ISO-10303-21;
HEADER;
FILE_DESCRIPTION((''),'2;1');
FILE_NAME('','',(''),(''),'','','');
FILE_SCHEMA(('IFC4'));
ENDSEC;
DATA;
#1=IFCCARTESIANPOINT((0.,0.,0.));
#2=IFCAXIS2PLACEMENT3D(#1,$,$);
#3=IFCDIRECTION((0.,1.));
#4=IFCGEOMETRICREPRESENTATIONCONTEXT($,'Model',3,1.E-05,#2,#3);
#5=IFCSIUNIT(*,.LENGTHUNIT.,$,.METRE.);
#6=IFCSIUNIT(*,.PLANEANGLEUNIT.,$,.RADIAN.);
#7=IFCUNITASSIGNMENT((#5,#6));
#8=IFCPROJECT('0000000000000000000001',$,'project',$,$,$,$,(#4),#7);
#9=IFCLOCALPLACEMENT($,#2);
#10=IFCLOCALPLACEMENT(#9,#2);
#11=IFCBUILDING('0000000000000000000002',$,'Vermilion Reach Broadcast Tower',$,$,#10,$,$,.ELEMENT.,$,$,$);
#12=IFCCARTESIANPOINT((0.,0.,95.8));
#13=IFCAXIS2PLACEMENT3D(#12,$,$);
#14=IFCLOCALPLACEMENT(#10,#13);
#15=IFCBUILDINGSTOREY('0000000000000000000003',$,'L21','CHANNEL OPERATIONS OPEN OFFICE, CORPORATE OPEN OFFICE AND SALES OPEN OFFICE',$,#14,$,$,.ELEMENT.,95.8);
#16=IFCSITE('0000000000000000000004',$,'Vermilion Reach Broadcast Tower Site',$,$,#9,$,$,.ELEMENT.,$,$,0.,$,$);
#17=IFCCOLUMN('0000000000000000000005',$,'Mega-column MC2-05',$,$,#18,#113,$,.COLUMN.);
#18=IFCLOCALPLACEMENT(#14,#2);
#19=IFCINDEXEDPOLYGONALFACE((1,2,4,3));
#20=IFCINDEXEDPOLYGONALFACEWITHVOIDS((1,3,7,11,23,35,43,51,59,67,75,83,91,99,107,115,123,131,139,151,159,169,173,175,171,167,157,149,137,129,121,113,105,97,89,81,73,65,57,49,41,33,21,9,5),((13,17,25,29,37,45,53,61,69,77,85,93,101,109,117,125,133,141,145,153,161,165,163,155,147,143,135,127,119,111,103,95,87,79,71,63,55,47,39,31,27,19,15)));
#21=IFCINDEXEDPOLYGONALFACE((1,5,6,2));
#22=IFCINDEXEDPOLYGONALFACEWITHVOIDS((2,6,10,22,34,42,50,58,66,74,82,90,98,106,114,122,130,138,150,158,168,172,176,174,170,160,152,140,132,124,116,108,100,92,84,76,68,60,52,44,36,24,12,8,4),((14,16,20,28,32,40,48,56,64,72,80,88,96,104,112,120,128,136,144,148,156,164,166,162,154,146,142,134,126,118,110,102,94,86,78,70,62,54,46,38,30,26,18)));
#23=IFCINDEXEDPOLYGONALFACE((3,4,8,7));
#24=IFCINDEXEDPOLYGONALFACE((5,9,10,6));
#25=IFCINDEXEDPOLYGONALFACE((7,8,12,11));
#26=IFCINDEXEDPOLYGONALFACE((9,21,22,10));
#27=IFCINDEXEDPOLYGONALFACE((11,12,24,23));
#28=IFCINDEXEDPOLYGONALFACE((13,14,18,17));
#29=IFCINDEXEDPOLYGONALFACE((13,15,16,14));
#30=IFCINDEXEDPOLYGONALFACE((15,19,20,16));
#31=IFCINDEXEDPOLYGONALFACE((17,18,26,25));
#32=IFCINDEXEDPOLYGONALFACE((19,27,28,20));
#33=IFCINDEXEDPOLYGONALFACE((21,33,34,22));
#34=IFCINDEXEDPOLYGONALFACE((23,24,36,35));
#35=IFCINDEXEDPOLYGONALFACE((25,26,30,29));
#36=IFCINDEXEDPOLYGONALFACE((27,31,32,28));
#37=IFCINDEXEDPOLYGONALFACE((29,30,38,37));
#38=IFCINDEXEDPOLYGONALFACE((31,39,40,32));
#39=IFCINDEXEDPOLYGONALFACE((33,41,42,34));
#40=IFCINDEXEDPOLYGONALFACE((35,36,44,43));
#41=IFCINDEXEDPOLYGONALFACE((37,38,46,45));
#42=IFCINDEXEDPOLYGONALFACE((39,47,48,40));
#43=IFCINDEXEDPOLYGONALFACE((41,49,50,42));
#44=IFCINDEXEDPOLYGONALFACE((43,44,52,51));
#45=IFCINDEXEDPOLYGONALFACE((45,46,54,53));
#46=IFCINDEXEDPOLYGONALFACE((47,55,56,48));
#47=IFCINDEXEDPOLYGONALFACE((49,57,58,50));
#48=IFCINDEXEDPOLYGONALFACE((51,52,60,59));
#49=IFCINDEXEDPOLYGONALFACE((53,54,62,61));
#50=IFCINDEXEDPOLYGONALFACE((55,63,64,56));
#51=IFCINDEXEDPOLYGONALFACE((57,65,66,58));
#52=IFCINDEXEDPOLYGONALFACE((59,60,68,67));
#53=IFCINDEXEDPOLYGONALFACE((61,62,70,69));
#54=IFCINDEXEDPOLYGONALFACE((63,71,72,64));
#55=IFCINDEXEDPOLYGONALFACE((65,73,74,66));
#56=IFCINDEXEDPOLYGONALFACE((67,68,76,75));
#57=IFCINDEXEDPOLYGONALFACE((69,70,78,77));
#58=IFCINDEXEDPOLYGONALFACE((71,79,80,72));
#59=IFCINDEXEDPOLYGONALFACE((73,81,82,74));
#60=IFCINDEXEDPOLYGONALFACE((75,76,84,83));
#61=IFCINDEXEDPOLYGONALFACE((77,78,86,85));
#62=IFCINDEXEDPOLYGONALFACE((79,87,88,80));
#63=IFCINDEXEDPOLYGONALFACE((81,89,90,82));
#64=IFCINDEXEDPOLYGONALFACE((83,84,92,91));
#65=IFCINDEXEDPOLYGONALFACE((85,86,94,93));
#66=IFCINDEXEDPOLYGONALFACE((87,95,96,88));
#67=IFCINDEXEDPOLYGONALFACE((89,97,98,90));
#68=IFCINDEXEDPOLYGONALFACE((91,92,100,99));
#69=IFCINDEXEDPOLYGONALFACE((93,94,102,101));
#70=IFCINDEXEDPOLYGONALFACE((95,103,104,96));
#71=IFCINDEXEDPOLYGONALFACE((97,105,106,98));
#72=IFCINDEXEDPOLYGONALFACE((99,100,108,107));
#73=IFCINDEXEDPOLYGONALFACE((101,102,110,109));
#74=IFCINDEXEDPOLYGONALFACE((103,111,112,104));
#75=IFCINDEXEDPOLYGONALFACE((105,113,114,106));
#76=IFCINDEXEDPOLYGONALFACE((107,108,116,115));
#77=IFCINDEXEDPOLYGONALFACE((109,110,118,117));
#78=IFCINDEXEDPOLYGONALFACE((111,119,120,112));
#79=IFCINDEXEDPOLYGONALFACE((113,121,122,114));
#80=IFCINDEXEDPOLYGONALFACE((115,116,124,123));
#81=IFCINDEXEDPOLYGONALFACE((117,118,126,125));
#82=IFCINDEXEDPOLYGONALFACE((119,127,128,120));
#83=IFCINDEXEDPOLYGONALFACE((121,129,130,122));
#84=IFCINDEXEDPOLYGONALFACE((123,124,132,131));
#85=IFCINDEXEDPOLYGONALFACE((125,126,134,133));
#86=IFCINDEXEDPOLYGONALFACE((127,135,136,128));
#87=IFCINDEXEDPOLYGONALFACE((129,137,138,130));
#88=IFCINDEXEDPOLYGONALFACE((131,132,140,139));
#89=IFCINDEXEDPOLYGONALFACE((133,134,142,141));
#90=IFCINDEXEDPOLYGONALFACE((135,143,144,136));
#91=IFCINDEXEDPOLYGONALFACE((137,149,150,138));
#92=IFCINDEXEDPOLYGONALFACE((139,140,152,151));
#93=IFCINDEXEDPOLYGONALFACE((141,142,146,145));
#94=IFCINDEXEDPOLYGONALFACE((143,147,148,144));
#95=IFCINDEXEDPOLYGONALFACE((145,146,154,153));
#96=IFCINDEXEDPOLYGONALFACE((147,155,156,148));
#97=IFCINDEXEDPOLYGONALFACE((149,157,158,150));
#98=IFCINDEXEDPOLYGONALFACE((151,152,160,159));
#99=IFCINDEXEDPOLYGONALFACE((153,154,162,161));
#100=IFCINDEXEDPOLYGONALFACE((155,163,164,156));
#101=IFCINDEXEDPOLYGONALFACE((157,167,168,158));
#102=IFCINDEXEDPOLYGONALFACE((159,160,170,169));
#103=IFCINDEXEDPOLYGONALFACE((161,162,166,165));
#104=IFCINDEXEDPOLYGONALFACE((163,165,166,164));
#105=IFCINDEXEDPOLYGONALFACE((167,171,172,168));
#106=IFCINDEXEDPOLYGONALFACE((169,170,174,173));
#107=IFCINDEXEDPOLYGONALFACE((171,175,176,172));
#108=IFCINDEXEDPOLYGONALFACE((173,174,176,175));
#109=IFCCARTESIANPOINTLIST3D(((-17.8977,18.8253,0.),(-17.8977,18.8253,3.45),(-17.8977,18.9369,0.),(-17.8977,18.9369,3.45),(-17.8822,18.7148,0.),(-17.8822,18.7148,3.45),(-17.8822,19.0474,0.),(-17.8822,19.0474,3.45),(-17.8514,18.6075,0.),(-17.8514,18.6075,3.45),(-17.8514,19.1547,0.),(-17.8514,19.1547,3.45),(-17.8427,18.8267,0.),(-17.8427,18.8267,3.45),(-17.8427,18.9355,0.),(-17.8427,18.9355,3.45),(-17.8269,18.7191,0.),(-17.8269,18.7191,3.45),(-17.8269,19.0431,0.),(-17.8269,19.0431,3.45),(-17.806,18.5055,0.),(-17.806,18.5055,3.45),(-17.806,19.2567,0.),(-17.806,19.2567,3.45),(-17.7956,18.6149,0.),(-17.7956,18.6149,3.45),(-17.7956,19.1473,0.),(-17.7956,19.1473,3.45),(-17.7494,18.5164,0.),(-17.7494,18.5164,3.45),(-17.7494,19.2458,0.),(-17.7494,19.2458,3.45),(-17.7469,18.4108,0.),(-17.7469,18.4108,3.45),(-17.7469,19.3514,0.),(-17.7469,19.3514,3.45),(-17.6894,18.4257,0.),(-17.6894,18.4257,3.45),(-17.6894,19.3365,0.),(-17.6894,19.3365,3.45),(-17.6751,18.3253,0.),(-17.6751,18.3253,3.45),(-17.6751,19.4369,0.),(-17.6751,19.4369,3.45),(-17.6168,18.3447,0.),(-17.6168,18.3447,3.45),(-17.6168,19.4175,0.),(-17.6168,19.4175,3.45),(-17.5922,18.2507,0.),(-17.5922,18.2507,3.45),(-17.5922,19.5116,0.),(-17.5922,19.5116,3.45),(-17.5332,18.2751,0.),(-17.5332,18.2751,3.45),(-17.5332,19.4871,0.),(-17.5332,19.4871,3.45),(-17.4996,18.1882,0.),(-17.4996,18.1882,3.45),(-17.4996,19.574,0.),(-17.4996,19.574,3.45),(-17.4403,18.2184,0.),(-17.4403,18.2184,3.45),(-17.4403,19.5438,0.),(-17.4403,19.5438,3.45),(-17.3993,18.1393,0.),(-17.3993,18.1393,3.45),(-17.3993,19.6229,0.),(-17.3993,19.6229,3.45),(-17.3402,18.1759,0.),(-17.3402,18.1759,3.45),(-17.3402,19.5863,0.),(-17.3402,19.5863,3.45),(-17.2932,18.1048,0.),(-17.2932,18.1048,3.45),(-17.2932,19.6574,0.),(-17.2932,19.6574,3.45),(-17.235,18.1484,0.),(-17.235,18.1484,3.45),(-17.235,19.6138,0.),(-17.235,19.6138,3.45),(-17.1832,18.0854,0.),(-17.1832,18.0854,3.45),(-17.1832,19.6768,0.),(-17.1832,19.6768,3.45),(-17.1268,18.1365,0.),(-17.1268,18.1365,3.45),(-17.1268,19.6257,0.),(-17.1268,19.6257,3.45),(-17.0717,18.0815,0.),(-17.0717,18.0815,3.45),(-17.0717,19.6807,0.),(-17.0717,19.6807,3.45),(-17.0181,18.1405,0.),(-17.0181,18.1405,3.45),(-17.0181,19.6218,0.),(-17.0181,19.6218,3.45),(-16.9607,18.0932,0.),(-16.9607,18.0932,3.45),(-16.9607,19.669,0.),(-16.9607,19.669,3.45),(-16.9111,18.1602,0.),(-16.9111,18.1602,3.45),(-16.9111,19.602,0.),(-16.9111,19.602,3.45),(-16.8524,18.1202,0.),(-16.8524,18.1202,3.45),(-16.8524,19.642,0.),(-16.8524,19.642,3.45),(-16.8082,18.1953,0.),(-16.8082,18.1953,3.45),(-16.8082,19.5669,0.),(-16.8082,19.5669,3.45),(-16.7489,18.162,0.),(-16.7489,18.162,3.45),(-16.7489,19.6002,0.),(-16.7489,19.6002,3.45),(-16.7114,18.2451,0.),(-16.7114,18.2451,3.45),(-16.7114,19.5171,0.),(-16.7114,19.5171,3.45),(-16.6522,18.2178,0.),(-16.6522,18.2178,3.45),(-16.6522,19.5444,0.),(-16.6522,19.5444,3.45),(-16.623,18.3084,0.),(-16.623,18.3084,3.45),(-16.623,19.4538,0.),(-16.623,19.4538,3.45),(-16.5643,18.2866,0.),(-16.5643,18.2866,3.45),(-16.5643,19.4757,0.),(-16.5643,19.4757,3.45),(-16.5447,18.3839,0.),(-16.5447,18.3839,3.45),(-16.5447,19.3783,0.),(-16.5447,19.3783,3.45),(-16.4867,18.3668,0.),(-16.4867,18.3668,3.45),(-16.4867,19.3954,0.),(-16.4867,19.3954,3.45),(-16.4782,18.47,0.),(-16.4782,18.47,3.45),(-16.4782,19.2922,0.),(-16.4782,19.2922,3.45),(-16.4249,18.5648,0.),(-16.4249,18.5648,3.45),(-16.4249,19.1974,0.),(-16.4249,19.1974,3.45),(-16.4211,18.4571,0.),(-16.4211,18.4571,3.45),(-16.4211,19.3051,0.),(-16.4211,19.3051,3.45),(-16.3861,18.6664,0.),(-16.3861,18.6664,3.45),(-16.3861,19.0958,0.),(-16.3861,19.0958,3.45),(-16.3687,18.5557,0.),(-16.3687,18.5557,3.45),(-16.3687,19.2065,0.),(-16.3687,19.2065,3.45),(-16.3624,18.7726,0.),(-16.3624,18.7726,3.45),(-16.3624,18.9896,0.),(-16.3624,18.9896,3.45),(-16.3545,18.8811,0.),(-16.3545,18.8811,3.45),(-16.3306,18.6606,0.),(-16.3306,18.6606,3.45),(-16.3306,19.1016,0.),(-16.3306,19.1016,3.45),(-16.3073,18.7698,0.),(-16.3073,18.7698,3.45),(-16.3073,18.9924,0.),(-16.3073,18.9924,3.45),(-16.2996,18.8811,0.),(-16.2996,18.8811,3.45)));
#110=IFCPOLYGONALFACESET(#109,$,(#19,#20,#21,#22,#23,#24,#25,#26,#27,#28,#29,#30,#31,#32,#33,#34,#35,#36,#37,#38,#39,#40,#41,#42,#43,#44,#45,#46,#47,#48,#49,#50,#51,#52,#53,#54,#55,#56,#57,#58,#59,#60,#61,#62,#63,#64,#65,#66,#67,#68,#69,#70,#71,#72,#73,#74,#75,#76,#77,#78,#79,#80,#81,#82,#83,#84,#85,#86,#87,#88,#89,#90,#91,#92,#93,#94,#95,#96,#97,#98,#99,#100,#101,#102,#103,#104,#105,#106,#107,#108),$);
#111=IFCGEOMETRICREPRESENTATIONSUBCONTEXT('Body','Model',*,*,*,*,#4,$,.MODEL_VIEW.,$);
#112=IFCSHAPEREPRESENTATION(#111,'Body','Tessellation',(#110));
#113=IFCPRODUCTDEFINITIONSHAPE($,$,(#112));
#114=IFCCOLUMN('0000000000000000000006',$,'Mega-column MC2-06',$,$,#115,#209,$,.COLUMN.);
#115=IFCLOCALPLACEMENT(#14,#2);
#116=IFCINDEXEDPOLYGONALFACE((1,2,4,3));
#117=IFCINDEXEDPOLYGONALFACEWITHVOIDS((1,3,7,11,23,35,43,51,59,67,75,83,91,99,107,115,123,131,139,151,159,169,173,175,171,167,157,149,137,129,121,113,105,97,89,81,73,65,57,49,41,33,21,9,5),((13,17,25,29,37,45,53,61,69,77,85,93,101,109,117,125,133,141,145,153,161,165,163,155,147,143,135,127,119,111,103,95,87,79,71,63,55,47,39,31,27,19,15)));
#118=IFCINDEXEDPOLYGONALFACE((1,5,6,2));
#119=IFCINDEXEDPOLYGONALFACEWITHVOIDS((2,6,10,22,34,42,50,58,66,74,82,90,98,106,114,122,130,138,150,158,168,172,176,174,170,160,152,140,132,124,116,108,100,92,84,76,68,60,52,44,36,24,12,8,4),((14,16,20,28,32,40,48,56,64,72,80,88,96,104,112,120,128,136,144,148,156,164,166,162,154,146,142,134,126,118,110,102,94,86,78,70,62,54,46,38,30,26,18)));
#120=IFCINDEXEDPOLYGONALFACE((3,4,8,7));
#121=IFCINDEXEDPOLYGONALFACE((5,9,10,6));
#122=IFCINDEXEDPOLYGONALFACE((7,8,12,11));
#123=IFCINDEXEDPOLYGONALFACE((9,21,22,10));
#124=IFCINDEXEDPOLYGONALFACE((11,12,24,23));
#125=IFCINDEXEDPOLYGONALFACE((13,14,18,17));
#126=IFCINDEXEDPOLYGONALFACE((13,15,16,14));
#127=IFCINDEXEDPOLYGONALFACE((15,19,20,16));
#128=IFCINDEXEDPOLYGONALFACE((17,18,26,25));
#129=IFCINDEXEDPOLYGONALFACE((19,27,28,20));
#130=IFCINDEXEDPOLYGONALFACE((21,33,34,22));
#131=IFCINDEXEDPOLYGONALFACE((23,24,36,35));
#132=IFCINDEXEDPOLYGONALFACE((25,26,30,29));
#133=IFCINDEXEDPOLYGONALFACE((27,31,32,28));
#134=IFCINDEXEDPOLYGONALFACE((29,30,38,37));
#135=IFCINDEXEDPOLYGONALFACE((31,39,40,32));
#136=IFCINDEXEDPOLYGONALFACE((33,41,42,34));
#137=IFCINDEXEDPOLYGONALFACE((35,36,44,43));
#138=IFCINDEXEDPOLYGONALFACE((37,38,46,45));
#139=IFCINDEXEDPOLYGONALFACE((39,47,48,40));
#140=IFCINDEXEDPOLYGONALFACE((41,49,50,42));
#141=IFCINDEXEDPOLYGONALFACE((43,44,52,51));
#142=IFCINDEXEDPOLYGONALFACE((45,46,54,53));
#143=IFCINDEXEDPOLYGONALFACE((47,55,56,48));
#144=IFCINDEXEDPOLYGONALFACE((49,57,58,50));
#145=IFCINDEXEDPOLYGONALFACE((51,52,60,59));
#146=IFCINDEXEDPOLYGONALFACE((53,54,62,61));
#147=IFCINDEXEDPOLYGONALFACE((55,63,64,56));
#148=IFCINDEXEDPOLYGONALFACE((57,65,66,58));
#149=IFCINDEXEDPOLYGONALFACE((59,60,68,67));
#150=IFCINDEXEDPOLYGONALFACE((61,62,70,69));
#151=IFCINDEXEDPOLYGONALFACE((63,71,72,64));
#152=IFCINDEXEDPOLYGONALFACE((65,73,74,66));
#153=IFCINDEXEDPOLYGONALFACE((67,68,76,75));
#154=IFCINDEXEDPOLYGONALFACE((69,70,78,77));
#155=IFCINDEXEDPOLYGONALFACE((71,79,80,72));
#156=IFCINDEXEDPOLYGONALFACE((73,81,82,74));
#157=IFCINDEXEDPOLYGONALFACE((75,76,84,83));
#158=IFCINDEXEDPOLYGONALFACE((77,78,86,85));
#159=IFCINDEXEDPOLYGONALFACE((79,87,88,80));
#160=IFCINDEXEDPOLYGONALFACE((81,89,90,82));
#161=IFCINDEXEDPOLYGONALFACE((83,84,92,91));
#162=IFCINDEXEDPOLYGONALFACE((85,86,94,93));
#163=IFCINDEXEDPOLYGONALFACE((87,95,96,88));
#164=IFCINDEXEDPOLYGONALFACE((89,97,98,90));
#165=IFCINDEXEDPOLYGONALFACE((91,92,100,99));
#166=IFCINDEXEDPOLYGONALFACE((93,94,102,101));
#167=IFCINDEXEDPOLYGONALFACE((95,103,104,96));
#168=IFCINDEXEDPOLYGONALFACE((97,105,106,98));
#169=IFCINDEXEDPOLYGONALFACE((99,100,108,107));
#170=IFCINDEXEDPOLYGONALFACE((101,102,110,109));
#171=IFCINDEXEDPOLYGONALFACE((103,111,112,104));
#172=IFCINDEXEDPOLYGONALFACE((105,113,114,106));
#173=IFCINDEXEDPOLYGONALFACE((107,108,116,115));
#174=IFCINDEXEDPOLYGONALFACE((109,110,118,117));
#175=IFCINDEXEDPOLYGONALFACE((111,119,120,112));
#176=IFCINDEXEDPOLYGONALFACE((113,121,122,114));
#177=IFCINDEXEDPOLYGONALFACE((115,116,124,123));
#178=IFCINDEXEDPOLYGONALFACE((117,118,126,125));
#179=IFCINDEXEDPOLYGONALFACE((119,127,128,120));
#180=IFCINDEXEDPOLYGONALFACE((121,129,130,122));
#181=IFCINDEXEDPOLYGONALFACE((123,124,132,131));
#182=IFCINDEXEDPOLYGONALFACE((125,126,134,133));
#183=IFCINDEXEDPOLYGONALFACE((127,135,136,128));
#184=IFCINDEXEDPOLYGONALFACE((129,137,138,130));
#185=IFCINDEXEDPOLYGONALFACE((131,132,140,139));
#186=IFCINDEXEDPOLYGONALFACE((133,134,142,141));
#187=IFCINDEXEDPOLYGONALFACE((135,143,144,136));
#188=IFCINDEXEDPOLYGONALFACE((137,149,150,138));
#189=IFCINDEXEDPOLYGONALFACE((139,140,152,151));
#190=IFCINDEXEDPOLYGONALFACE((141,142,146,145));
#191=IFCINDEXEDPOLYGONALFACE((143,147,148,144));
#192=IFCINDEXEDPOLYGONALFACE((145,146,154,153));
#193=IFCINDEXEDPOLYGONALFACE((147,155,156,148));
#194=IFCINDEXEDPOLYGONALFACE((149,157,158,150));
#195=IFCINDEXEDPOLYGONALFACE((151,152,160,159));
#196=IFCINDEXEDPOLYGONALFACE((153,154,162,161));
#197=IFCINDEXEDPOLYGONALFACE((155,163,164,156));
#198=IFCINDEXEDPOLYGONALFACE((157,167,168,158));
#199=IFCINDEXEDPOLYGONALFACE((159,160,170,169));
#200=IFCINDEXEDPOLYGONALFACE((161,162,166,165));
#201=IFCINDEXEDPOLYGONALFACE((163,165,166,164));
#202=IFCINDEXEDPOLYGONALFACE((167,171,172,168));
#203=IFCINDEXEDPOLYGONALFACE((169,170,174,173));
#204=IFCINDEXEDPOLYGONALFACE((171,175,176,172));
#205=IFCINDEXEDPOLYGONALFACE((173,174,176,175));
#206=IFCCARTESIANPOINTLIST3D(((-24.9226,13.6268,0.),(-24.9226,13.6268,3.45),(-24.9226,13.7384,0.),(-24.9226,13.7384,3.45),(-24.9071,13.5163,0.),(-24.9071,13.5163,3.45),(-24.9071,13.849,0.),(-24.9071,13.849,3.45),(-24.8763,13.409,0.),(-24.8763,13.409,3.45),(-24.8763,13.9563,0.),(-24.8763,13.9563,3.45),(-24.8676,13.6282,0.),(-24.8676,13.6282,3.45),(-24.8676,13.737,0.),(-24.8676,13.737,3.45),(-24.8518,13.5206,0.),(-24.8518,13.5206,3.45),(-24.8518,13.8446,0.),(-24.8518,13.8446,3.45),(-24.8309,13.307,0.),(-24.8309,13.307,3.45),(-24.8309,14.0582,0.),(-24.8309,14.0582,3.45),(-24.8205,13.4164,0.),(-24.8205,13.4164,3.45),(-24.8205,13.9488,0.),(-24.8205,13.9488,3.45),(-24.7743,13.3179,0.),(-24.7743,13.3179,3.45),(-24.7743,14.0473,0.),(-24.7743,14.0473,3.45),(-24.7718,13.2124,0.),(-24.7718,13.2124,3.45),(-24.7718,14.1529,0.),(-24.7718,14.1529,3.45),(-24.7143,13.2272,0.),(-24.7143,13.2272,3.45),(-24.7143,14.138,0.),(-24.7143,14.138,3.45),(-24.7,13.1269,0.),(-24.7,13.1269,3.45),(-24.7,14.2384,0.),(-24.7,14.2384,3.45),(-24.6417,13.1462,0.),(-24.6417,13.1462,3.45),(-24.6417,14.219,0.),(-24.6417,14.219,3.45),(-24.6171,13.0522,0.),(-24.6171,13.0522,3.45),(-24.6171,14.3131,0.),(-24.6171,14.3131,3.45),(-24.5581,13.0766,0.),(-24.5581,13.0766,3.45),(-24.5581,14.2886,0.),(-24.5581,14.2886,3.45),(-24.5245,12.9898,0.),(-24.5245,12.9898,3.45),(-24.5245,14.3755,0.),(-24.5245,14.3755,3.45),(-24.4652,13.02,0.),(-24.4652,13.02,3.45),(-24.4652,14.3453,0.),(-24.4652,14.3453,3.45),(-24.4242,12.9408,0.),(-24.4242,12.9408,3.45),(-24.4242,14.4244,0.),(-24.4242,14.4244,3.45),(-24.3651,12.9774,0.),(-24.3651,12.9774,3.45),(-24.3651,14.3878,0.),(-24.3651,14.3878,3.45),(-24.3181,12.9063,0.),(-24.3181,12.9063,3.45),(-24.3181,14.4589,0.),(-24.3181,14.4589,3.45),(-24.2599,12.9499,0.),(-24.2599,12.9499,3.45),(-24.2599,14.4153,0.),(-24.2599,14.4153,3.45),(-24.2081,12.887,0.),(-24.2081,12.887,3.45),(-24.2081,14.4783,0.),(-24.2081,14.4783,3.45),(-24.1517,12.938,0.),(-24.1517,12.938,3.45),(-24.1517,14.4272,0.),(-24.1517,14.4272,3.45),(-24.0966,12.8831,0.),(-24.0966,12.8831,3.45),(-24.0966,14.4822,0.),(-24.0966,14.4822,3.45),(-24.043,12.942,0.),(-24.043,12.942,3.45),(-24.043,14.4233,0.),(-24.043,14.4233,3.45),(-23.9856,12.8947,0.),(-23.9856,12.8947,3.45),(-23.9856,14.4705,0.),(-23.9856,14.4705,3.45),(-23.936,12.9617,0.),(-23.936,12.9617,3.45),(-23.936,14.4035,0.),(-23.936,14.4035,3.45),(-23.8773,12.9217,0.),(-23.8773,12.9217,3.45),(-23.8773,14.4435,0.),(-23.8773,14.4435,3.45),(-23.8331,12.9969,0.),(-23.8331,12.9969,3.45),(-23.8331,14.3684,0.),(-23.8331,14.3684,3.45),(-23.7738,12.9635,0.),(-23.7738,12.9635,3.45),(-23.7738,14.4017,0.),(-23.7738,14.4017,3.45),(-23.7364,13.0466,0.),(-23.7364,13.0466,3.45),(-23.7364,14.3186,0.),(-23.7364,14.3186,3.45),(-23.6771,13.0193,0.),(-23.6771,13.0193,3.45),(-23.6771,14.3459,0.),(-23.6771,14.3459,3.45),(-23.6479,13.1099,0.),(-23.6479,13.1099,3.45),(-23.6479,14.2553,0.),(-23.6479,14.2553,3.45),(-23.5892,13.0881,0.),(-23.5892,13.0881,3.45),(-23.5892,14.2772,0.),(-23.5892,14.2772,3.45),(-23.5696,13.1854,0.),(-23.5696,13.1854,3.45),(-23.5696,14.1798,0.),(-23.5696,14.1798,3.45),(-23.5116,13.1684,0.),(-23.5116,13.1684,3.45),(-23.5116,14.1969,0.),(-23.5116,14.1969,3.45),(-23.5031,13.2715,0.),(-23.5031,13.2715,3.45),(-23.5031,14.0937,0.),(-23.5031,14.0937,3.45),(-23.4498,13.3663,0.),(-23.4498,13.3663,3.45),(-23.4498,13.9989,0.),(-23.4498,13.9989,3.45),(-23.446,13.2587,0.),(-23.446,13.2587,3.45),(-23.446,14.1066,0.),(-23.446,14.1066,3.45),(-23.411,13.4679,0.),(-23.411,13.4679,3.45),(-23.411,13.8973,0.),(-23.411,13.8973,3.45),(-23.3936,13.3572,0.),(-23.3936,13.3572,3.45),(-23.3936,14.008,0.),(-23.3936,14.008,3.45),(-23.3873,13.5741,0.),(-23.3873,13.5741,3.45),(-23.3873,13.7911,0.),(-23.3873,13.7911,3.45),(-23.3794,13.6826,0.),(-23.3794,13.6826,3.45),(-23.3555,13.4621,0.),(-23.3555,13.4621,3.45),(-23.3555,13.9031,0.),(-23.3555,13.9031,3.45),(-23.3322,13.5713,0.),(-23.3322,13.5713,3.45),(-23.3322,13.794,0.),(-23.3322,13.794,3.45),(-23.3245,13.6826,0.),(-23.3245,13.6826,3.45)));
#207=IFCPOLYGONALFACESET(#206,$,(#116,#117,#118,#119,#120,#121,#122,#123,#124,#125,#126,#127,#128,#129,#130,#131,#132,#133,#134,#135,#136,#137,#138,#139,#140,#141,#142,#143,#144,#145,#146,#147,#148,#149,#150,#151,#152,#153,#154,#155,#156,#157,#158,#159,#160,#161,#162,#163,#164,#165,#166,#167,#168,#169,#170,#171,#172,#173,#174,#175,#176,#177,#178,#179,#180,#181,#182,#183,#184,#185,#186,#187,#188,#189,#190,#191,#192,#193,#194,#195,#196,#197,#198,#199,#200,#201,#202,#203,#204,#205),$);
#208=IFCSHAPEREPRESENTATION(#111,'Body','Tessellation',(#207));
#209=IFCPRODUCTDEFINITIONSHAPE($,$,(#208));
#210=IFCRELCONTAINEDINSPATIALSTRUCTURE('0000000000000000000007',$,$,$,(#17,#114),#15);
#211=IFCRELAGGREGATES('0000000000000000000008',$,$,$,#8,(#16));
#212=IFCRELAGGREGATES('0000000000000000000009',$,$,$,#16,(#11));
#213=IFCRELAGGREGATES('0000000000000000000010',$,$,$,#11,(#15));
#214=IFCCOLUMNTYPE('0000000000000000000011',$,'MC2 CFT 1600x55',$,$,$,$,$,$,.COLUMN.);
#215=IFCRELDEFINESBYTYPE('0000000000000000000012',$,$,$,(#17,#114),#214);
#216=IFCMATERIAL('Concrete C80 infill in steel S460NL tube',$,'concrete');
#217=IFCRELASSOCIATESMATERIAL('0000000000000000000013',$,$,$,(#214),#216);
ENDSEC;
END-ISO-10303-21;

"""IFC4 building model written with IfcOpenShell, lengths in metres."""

from ifc_helpers import new_model, si_unit, direction, frame, origin, origin_2d, place, context, subcontext, project, spatial, hollow_circle, extrude, material, material_profile, profile_set, type_object, element, save


model = new_model("IFC4")

# Units and contexts
model_context = context("Model", 3, precision=1e-05, world=origin(), true_north=direction((0.0, 1.0)))
body_context = subcontext(model_context, "Body", "Model", "MODEL_VIEW")
ifc_project = project(units=[si_unit("LENGTHUNIT", "METRE"), si_unit("PLANEANGLEUNIT", "RADIAN")], contexts=[model_context])

# Site, building, storey
site_placement = place(None, origin())
site = spatial("IfcSite", under=ifc_project, at=site_placement, Name="Vermilion Reach Broadcast Tower Site", CompositionType="ELEMENT", RefElevation=0.0)
building_placement = place(site_placement, origin())
building = spatial("IfcBuilding", under=site, at=building_placement, Name="Vermilion Reach Broadcast Tower", CompositionType="ELEMENT")
storey_placement = place(building_placement, frame((0.0, 0.0, 95.8)))
storey = spatial("IfcBuildingStorey", under=building, at=storey_placement, Name="L21", Description="CHANNEL OPERATIONS OPEN OFFICE, CORPORATE OPEN OFFICE AND SALES OPEN OFFICE", CompositionType="ELEMENT", Elevation=95.8)

# Columns
ifc_material_1 = material(Name="Concrete C80 infill in steel S460NL tube", Category="concrete")
ifc_material_profile_1 = material_profile(ifc_material_1, hollow_circle(Radius=0.8, WallThickness=0.0549, at=origin_2d()), Name="Concrete C80 infill in steel S460NL tube CFT 1600x55")
ifc_profile_set_1 = profile_set([ifc_material_profile_1], Name="Concrete C80 infill in steel S460NL tube")
column_type = type_object("IfcColumnType", Name="MC2 CFT 1600x55", PredefinedType="COLUMN", material=ifc_profile_set_1)
for number, where, z_axis, x_axis, name in (
    (1, (-17.0996, 18.8811, 0.0), (0.0, 0.0, 1.0), (1.0, 0.0, 0.0), "Mega-column MC2-05"),
    (2, (-24.1245, 13.6826, 0.0), (0.0, 0.0, 1.0), (1.0, 0.0, 0.0), "Mega-column MC2-06"),
):
    element("IfcColumn", number, at=place(storey_placement, frame(where, z_axis=z_axis, x_axis=x_axis)), inside=storey, type_object=column_type, Name=name, PredefinedType="COLUMN", context=body_context, shape_type="SweptSolid", body=[
        extrude(hollow_circle(Radius=0.8, WallThickness=0.0549, at=origin_2d()), origin(), (0.0, 0.0, 1.0), 3.45),
    ])

save(model, "model.ifc")
